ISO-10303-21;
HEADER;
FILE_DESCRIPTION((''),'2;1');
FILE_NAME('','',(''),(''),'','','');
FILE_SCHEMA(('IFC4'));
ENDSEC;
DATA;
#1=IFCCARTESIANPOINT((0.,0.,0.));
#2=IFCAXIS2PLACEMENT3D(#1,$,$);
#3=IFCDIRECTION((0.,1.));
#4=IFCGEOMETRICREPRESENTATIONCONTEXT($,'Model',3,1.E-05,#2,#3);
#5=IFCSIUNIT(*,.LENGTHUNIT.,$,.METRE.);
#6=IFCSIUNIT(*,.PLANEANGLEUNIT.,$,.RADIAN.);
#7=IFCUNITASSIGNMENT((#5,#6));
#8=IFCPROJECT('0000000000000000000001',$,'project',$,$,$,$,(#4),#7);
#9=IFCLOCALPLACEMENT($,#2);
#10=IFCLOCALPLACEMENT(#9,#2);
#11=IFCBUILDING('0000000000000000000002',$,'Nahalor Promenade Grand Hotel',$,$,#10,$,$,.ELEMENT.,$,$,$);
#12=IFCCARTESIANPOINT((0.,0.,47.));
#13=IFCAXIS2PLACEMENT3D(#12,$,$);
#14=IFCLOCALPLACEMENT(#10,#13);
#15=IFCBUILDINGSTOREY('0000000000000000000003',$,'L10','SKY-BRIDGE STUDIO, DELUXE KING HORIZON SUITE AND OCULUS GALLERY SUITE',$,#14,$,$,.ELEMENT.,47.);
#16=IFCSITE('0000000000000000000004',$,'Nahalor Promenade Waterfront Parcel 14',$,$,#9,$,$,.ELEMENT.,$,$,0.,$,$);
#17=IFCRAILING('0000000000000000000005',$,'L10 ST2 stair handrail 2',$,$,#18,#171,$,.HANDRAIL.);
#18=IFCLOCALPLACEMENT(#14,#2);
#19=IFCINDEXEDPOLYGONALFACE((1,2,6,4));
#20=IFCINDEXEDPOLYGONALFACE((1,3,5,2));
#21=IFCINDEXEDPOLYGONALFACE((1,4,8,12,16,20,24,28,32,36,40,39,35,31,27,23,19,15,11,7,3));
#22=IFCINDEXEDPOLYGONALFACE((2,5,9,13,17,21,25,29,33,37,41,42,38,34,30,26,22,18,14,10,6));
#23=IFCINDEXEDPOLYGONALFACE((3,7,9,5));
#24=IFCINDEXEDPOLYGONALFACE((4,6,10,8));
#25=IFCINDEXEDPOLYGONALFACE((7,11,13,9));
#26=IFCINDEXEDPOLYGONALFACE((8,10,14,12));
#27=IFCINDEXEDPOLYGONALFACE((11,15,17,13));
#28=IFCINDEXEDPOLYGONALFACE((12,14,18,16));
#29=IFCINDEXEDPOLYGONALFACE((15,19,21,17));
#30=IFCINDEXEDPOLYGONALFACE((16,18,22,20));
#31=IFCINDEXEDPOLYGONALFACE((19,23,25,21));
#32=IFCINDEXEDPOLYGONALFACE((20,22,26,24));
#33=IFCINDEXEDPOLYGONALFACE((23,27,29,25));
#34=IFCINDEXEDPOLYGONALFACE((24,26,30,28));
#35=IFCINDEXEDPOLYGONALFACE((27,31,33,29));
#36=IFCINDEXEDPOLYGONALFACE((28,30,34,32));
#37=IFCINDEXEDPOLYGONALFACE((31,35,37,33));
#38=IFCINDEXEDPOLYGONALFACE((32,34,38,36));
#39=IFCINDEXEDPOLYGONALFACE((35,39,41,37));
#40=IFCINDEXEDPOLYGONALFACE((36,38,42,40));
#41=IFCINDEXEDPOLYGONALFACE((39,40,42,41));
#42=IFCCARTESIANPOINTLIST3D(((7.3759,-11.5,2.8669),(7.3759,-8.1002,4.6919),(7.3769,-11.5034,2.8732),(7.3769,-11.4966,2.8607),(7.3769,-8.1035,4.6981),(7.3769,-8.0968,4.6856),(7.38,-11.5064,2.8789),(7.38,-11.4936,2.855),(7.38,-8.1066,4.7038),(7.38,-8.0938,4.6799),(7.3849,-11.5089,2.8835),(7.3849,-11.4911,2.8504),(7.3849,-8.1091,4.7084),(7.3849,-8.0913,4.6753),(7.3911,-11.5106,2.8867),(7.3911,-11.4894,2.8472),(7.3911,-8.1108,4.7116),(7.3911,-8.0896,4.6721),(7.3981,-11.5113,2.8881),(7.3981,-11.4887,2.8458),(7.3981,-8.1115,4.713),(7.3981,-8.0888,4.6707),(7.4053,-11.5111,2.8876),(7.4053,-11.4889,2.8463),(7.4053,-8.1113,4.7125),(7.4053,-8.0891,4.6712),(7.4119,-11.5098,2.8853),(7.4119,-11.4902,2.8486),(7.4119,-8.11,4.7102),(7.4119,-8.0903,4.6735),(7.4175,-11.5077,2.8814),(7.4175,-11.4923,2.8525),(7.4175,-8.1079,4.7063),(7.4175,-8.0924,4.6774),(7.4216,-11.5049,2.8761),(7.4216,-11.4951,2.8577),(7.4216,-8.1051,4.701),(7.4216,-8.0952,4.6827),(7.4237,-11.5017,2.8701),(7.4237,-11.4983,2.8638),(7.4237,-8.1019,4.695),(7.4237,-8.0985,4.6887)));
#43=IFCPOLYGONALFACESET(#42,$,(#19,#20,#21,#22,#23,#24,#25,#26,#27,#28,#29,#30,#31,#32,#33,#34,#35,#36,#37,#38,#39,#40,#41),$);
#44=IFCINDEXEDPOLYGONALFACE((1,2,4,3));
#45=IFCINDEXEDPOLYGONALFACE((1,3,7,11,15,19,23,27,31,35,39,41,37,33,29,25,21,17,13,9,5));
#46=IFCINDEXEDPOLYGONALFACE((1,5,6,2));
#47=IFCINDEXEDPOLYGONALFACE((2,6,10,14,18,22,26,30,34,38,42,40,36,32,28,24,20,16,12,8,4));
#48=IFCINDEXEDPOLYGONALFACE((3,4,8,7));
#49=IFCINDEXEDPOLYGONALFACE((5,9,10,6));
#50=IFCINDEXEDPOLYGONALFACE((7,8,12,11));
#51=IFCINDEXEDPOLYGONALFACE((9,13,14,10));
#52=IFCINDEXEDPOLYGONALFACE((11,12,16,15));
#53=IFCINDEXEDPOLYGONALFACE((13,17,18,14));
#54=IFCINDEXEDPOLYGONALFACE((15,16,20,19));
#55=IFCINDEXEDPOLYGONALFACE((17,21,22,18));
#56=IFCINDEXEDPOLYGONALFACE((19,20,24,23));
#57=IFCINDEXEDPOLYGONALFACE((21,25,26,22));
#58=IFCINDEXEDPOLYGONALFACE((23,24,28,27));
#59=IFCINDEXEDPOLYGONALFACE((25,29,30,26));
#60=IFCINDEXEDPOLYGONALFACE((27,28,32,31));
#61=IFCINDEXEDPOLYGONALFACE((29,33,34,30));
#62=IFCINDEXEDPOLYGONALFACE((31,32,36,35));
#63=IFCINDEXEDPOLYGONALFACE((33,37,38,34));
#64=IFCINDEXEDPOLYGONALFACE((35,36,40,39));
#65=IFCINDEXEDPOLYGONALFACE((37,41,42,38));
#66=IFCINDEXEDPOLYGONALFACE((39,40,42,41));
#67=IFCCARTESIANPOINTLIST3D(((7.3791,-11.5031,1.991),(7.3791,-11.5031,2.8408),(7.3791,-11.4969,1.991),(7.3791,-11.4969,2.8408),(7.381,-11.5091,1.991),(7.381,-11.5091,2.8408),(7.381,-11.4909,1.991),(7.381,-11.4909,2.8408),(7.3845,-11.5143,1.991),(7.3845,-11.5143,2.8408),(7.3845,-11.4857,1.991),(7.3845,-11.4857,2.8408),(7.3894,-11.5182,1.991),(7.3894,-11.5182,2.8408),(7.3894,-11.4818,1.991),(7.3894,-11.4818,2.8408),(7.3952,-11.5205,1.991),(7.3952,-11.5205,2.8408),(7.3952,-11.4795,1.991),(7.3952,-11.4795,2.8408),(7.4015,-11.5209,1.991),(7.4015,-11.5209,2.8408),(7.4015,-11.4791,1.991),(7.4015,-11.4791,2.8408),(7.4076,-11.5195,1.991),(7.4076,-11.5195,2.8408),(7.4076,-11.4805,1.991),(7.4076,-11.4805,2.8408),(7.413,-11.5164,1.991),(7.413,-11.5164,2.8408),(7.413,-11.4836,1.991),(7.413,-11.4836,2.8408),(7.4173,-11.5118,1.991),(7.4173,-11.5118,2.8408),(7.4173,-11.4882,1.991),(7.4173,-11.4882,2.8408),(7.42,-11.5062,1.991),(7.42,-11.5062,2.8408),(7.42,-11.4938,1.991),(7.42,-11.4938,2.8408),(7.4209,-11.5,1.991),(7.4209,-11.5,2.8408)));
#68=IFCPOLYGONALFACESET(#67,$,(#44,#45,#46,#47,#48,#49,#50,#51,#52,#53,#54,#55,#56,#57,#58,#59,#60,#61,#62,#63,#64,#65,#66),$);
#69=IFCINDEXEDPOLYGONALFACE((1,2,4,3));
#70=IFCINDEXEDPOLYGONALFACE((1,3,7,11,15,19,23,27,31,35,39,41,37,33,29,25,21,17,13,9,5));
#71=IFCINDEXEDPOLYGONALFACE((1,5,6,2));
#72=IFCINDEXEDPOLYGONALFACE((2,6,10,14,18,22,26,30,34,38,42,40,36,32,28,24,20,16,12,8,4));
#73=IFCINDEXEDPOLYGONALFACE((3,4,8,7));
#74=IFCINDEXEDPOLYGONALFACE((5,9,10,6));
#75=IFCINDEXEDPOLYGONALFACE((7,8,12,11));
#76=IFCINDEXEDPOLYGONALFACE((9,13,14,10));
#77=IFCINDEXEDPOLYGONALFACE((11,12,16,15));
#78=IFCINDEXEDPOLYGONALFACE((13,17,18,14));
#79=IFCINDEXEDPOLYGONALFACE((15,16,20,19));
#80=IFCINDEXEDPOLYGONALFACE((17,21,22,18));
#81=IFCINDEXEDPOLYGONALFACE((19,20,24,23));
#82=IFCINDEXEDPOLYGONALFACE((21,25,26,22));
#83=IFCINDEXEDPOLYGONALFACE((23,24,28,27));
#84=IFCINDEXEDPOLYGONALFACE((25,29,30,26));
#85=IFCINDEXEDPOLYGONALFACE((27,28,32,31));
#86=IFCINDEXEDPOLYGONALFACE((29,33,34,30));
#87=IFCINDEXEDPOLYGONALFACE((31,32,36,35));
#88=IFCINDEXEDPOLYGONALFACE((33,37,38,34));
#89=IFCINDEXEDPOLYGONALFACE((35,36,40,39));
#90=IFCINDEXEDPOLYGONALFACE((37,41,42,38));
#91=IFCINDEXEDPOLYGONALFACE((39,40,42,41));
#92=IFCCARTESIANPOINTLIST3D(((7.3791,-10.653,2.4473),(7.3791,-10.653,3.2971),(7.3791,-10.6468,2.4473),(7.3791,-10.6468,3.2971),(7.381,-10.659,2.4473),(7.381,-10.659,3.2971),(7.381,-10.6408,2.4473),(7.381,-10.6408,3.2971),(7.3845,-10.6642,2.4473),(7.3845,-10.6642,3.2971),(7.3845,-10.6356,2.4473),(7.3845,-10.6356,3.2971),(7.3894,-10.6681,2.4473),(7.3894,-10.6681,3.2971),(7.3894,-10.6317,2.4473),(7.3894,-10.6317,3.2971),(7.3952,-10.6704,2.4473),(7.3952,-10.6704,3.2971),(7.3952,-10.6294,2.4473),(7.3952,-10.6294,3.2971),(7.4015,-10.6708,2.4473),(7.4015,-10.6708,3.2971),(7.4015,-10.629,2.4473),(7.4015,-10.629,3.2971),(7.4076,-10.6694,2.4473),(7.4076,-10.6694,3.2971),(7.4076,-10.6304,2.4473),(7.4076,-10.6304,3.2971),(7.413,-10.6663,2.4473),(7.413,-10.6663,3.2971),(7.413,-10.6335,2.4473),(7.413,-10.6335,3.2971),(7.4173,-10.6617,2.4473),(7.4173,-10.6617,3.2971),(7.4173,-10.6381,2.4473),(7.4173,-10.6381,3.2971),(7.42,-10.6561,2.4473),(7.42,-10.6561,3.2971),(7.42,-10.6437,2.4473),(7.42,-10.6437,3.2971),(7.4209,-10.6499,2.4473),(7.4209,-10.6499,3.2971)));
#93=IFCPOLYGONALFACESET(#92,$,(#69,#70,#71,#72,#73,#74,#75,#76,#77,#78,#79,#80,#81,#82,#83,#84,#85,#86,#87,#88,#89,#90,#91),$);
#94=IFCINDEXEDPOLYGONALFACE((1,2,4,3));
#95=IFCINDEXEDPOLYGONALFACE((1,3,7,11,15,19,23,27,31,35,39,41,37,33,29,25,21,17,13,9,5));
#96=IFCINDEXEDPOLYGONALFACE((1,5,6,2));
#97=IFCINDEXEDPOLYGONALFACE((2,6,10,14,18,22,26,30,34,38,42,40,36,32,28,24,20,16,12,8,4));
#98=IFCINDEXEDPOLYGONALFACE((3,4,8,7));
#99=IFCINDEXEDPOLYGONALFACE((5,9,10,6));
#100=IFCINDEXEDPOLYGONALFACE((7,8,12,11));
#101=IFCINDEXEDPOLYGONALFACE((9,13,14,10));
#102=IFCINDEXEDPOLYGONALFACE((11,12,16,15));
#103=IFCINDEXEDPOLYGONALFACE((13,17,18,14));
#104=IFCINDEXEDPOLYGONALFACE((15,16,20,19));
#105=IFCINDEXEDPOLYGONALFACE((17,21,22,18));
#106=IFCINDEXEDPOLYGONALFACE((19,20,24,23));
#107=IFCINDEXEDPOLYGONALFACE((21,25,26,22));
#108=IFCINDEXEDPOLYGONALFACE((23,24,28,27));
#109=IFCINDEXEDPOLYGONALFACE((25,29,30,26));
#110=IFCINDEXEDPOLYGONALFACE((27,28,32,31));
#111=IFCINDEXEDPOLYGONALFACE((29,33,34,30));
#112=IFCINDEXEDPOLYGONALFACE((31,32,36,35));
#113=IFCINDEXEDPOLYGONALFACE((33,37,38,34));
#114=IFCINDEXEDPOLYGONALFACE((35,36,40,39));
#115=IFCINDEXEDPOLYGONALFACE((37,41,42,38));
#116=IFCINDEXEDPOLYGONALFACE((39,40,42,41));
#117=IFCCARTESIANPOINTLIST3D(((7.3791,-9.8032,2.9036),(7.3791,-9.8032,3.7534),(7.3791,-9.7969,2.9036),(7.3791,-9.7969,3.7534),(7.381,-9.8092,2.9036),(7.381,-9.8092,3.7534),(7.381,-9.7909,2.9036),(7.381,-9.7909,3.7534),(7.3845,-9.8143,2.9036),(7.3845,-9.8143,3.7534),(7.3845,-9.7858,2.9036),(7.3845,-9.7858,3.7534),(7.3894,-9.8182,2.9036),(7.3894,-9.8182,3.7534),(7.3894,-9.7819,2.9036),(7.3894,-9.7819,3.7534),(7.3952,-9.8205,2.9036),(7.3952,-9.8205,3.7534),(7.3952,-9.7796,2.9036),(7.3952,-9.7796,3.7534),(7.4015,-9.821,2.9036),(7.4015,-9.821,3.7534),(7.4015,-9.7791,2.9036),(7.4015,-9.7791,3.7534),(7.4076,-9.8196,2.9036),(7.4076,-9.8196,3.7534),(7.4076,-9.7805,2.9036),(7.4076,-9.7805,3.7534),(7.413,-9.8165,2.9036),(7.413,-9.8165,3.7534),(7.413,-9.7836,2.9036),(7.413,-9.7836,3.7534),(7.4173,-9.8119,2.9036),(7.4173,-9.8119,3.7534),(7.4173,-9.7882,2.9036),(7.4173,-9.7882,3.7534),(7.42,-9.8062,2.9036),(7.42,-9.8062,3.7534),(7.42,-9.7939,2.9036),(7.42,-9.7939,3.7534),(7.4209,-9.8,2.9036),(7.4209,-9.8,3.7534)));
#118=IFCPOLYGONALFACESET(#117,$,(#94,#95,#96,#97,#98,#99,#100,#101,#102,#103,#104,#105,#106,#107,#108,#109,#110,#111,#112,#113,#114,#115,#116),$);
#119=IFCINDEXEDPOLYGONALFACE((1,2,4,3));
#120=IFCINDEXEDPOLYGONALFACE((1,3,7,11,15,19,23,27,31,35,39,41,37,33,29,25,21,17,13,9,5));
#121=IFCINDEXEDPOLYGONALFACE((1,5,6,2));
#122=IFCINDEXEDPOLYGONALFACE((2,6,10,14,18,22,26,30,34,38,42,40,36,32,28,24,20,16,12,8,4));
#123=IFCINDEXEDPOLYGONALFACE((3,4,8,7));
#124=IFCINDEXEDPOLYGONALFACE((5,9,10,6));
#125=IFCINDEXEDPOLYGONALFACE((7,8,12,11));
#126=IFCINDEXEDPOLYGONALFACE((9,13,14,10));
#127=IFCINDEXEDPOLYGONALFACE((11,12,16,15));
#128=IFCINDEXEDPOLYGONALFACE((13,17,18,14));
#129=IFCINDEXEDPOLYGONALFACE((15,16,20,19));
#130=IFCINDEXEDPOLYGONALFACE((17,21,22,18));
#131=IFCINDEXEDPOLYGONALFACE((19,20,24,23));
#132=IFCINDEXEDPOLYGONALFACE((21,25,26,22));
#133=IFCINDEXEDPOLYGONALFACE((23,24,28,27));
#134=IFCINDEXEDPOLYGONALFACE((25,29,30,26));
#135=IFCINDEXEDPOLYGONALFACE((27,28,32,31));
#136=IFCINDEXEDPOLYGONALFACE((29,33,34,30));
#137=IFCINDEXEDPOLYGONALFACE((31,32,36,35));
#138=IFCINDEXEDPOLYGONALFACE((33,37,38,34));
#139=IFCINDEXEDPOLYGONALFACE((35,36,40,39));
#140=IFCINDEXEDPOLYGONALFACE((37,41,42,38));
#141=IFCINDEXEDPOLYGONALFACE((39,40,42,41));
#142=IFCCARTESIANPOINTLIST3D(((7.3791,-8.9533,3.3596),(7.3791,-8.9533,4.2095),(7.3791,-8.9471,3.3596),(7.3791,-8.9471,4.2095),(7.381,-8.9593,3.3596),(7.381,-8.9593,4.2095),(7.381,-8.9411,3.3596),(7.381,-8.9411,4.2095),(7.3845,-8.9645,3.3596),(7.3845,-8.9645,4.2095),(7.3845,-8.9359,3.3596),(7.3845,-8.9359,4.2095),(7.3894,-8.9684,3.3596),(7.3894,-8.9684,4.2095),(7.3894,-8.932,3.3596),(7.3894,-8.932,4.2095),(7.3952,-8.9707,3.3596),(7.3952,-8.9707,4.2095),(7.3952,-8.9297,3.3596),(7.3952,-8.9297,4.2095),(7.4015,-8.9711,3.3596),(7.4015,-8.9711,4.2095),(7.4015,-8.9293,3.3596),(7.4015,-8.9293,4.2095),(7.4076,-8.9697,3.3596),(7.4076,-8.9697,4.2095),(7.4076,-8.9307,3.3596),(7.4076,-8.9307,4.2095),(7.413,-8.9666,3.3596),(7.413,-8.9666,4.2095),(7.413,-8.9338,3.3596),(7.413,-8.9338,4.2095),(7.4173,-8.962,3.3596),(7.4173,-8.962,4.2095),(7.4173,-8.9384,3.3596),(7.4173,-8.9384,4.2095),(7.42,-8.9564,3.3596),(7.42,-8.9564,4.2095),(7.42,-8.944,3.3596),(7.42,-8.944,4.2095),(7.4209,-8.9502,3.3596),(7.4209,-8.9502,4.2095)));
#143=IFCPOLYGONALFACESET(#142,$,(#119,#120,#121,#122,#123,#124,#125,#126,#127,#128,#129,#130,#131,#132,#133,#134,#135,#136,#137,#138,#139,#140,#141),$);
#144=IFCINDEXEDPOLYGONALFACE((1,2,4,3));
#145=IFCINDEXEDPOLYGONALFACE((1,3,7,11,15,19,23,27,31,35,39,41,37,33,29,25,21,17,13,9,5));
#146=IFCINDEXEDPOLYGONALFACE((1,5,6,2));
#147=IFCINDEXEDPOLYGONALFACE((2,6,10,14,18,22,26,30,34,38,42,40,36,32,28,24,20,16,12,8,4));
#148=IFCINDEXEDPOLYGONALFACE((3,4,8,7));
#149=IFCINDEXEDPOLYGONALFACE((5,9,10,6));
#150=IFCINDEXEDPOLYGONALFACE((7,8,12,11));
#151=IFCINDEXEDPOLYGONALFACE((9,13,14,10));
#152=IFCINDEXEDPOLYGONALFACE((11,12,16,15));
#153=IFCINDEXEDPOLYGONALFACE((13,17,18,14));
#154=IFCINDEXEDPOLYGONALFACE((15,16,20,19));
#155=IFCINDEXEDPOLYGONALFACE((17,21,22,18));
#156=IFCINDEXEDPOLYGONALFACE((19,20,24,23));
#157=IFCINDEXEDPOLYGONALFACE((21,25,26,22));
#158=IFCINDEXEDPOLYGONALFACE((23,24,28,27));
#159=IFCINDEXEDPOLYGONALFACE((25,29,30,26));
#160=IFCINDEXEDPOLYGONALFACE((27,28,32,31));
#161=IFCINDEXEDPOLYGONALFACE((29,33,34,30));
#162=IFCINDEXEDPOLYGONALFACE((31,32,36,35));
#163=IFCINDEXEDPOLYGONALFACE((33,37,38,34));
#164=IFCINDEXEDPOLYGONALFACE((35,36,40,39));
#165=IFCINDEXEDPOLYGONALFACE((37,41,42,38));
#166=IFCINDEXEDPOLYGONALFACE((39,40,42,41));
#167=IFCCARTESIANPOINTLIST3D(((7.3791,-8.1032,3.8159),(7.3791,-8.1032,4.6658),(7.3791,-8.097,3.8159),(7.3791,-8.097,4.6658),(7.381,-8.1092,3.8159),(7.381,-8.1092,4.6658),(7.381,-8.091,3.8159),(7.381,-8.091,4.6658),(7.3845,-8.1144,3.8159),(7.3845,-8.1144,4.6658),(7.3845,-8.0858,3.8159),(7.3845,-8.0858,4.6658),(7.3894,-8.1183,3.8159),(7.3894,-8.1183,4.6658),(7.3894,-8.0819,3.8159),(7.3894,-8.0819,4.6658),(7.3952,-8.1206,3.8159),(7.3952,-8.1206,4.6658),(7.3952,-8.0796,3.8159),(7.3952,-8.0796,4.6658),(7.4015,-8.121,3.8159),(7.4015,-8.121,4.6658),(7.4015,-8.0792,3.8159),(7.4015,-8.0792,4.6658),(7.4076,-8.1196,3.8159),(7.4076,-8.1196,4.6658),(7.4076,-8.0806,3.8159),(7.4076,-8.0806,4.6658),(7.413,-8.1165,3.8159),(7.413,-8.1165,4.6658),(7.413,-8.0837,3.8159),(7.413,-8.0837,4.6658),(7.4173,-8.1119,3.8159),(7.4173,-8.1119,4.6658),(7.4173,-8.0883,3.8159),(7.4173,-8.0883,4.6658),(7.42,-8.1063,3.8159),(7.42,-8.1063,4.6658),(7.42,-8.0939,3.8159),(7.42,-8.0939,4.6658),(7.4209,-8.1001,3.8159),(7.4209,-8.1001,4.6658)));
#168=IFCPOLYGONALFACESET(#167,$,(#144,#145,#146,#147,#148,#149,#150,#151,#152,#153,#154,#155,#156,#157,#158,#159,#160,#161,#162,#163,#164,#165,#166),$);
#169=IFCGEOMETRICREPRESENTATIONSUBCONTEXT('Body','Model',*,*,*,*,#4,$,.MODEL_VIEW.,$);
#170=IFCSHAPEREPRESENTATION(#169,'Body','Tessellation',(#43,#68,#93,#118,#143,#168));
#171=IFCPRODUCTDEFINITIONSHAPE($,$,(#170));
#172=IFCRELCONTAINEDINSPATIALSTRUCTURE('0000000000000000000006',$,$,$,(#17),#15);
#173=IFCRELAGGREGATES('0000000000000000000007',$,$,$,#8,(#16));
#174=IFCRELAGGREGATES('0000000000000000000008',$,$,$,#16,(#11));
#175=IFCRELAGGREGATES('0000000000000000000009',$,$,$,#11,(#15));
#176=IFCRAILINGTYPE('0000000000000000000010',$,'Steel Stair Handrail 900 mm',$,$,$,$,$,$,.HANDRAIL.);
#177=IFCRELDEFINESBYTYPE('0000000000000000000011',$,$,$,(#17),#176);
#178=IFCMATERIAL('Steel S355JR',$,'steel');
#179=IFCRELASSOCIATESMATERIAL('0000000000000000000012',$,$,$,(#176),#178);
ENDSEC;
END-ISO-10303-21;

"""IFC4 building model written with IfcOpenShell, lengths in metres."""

from ifc_helpers import new_model, si_unit, direction, frame, origin, origin_2d, place, context, subcontext, project, spatial, circle, extrude, material, type_object, element, save


model = new_model("IFC4")

# Units and contexts
model_context = context("Model", 3, precision=1e-05, world=origin(), true_north=direction((0.0, 1.0)))
body_context = subcontext(model_context, "Body", "Model", "MODEL_VIEW")
ifc_project = project(units=[si_unit("LENGTHUNIT", "METRE"), si_unit("PLANEANGLEUNIT", "RADIAN")], contexts=[model_context])

# Site, building, storey
site_placement = place(None, origin())
site = spatial("IfcSite", under=ifc_project, at=site_placement, Name="Nahalor Promenade Waterfront Parcel 14", CompositionType="ELEMENT", RefElevation=0.0)
building_placement = place(site_placement, origin())
building = spatial("IfcBuilding", under=site, at=building_placement, Name="Nahalor Promenade Grand Hotel", CompositionType="ELEMENT")
storey_placement = place(building_placement, frame((0.0, 0.0, 47.0)))
storey = spatial("IfcBuildingStorey", under=building, at=storey_placement, Name="L10", Description="SKY-BRIDGE STUDIO, DELUXE KING HORIZON SUITE AND OCULUS GALLERY SUITE", CompositionType="ELEMENT", Elevation=47.0)

# Shared definitions
ifc_material_1 = material(Name="Steel S355JR", Category="steel")

# Railing
railing_type_1 = type_object("IfcRailingType", Name="Steel Stair Handrail 900 mm", PredefinedType="HANDRAIL", material=ifc_material_1)
railing_1_placement = place(storey_placement, frame((7.3999, -11.5, 1.991)))
element("IfcRailing", 1, at=railing_1_placement, inside=storey, type_object=railing_type_1, Name="L10 ST2 stair handrail 2", PredefinedType="HANDRAIL", context=body_context, shape_type="SweptSolid", body=[
    extrude(circle(Radius=0.024, at=origin_2d()), frame((0.0, 0.0, 0.876), z_axis=(0.0, 0.881094, 0.472941), x_axis=(-1.0, 0.0, 0.0)), (0.0, 0.0, 1.0), 3.8586),
    extrude(circle(Radius=0.021, at=origin_2d()), origin(), (0.0, 0.0, 1.0), 0.8499),
    extrude(circle(Radius=0.021, at=origin_2d()), frame((0.0, 0.8501, 0.4563)), (0.0, 0.0, 1.0), 0.8499),
    extrude(circle(Radius=0.021, at=origin_2d()), frame((0.0, 1.7, 0.9126)), (0.0, 0.0, 1.0), 0.8499),
    extrude(circle(Radius=0.021, at=origin_2d()), frame((0.0, 2.5498, 1.3687)), (0.0, 0.0, 1.0), 0.8499),
    extrude(circle(Radius=0.021, at=origin_2d()), frame((0.0, 3.3999, 1.825)), (0.0, 0.0, 1.0), 0.8499),
])

save(model, "model.ifc")
